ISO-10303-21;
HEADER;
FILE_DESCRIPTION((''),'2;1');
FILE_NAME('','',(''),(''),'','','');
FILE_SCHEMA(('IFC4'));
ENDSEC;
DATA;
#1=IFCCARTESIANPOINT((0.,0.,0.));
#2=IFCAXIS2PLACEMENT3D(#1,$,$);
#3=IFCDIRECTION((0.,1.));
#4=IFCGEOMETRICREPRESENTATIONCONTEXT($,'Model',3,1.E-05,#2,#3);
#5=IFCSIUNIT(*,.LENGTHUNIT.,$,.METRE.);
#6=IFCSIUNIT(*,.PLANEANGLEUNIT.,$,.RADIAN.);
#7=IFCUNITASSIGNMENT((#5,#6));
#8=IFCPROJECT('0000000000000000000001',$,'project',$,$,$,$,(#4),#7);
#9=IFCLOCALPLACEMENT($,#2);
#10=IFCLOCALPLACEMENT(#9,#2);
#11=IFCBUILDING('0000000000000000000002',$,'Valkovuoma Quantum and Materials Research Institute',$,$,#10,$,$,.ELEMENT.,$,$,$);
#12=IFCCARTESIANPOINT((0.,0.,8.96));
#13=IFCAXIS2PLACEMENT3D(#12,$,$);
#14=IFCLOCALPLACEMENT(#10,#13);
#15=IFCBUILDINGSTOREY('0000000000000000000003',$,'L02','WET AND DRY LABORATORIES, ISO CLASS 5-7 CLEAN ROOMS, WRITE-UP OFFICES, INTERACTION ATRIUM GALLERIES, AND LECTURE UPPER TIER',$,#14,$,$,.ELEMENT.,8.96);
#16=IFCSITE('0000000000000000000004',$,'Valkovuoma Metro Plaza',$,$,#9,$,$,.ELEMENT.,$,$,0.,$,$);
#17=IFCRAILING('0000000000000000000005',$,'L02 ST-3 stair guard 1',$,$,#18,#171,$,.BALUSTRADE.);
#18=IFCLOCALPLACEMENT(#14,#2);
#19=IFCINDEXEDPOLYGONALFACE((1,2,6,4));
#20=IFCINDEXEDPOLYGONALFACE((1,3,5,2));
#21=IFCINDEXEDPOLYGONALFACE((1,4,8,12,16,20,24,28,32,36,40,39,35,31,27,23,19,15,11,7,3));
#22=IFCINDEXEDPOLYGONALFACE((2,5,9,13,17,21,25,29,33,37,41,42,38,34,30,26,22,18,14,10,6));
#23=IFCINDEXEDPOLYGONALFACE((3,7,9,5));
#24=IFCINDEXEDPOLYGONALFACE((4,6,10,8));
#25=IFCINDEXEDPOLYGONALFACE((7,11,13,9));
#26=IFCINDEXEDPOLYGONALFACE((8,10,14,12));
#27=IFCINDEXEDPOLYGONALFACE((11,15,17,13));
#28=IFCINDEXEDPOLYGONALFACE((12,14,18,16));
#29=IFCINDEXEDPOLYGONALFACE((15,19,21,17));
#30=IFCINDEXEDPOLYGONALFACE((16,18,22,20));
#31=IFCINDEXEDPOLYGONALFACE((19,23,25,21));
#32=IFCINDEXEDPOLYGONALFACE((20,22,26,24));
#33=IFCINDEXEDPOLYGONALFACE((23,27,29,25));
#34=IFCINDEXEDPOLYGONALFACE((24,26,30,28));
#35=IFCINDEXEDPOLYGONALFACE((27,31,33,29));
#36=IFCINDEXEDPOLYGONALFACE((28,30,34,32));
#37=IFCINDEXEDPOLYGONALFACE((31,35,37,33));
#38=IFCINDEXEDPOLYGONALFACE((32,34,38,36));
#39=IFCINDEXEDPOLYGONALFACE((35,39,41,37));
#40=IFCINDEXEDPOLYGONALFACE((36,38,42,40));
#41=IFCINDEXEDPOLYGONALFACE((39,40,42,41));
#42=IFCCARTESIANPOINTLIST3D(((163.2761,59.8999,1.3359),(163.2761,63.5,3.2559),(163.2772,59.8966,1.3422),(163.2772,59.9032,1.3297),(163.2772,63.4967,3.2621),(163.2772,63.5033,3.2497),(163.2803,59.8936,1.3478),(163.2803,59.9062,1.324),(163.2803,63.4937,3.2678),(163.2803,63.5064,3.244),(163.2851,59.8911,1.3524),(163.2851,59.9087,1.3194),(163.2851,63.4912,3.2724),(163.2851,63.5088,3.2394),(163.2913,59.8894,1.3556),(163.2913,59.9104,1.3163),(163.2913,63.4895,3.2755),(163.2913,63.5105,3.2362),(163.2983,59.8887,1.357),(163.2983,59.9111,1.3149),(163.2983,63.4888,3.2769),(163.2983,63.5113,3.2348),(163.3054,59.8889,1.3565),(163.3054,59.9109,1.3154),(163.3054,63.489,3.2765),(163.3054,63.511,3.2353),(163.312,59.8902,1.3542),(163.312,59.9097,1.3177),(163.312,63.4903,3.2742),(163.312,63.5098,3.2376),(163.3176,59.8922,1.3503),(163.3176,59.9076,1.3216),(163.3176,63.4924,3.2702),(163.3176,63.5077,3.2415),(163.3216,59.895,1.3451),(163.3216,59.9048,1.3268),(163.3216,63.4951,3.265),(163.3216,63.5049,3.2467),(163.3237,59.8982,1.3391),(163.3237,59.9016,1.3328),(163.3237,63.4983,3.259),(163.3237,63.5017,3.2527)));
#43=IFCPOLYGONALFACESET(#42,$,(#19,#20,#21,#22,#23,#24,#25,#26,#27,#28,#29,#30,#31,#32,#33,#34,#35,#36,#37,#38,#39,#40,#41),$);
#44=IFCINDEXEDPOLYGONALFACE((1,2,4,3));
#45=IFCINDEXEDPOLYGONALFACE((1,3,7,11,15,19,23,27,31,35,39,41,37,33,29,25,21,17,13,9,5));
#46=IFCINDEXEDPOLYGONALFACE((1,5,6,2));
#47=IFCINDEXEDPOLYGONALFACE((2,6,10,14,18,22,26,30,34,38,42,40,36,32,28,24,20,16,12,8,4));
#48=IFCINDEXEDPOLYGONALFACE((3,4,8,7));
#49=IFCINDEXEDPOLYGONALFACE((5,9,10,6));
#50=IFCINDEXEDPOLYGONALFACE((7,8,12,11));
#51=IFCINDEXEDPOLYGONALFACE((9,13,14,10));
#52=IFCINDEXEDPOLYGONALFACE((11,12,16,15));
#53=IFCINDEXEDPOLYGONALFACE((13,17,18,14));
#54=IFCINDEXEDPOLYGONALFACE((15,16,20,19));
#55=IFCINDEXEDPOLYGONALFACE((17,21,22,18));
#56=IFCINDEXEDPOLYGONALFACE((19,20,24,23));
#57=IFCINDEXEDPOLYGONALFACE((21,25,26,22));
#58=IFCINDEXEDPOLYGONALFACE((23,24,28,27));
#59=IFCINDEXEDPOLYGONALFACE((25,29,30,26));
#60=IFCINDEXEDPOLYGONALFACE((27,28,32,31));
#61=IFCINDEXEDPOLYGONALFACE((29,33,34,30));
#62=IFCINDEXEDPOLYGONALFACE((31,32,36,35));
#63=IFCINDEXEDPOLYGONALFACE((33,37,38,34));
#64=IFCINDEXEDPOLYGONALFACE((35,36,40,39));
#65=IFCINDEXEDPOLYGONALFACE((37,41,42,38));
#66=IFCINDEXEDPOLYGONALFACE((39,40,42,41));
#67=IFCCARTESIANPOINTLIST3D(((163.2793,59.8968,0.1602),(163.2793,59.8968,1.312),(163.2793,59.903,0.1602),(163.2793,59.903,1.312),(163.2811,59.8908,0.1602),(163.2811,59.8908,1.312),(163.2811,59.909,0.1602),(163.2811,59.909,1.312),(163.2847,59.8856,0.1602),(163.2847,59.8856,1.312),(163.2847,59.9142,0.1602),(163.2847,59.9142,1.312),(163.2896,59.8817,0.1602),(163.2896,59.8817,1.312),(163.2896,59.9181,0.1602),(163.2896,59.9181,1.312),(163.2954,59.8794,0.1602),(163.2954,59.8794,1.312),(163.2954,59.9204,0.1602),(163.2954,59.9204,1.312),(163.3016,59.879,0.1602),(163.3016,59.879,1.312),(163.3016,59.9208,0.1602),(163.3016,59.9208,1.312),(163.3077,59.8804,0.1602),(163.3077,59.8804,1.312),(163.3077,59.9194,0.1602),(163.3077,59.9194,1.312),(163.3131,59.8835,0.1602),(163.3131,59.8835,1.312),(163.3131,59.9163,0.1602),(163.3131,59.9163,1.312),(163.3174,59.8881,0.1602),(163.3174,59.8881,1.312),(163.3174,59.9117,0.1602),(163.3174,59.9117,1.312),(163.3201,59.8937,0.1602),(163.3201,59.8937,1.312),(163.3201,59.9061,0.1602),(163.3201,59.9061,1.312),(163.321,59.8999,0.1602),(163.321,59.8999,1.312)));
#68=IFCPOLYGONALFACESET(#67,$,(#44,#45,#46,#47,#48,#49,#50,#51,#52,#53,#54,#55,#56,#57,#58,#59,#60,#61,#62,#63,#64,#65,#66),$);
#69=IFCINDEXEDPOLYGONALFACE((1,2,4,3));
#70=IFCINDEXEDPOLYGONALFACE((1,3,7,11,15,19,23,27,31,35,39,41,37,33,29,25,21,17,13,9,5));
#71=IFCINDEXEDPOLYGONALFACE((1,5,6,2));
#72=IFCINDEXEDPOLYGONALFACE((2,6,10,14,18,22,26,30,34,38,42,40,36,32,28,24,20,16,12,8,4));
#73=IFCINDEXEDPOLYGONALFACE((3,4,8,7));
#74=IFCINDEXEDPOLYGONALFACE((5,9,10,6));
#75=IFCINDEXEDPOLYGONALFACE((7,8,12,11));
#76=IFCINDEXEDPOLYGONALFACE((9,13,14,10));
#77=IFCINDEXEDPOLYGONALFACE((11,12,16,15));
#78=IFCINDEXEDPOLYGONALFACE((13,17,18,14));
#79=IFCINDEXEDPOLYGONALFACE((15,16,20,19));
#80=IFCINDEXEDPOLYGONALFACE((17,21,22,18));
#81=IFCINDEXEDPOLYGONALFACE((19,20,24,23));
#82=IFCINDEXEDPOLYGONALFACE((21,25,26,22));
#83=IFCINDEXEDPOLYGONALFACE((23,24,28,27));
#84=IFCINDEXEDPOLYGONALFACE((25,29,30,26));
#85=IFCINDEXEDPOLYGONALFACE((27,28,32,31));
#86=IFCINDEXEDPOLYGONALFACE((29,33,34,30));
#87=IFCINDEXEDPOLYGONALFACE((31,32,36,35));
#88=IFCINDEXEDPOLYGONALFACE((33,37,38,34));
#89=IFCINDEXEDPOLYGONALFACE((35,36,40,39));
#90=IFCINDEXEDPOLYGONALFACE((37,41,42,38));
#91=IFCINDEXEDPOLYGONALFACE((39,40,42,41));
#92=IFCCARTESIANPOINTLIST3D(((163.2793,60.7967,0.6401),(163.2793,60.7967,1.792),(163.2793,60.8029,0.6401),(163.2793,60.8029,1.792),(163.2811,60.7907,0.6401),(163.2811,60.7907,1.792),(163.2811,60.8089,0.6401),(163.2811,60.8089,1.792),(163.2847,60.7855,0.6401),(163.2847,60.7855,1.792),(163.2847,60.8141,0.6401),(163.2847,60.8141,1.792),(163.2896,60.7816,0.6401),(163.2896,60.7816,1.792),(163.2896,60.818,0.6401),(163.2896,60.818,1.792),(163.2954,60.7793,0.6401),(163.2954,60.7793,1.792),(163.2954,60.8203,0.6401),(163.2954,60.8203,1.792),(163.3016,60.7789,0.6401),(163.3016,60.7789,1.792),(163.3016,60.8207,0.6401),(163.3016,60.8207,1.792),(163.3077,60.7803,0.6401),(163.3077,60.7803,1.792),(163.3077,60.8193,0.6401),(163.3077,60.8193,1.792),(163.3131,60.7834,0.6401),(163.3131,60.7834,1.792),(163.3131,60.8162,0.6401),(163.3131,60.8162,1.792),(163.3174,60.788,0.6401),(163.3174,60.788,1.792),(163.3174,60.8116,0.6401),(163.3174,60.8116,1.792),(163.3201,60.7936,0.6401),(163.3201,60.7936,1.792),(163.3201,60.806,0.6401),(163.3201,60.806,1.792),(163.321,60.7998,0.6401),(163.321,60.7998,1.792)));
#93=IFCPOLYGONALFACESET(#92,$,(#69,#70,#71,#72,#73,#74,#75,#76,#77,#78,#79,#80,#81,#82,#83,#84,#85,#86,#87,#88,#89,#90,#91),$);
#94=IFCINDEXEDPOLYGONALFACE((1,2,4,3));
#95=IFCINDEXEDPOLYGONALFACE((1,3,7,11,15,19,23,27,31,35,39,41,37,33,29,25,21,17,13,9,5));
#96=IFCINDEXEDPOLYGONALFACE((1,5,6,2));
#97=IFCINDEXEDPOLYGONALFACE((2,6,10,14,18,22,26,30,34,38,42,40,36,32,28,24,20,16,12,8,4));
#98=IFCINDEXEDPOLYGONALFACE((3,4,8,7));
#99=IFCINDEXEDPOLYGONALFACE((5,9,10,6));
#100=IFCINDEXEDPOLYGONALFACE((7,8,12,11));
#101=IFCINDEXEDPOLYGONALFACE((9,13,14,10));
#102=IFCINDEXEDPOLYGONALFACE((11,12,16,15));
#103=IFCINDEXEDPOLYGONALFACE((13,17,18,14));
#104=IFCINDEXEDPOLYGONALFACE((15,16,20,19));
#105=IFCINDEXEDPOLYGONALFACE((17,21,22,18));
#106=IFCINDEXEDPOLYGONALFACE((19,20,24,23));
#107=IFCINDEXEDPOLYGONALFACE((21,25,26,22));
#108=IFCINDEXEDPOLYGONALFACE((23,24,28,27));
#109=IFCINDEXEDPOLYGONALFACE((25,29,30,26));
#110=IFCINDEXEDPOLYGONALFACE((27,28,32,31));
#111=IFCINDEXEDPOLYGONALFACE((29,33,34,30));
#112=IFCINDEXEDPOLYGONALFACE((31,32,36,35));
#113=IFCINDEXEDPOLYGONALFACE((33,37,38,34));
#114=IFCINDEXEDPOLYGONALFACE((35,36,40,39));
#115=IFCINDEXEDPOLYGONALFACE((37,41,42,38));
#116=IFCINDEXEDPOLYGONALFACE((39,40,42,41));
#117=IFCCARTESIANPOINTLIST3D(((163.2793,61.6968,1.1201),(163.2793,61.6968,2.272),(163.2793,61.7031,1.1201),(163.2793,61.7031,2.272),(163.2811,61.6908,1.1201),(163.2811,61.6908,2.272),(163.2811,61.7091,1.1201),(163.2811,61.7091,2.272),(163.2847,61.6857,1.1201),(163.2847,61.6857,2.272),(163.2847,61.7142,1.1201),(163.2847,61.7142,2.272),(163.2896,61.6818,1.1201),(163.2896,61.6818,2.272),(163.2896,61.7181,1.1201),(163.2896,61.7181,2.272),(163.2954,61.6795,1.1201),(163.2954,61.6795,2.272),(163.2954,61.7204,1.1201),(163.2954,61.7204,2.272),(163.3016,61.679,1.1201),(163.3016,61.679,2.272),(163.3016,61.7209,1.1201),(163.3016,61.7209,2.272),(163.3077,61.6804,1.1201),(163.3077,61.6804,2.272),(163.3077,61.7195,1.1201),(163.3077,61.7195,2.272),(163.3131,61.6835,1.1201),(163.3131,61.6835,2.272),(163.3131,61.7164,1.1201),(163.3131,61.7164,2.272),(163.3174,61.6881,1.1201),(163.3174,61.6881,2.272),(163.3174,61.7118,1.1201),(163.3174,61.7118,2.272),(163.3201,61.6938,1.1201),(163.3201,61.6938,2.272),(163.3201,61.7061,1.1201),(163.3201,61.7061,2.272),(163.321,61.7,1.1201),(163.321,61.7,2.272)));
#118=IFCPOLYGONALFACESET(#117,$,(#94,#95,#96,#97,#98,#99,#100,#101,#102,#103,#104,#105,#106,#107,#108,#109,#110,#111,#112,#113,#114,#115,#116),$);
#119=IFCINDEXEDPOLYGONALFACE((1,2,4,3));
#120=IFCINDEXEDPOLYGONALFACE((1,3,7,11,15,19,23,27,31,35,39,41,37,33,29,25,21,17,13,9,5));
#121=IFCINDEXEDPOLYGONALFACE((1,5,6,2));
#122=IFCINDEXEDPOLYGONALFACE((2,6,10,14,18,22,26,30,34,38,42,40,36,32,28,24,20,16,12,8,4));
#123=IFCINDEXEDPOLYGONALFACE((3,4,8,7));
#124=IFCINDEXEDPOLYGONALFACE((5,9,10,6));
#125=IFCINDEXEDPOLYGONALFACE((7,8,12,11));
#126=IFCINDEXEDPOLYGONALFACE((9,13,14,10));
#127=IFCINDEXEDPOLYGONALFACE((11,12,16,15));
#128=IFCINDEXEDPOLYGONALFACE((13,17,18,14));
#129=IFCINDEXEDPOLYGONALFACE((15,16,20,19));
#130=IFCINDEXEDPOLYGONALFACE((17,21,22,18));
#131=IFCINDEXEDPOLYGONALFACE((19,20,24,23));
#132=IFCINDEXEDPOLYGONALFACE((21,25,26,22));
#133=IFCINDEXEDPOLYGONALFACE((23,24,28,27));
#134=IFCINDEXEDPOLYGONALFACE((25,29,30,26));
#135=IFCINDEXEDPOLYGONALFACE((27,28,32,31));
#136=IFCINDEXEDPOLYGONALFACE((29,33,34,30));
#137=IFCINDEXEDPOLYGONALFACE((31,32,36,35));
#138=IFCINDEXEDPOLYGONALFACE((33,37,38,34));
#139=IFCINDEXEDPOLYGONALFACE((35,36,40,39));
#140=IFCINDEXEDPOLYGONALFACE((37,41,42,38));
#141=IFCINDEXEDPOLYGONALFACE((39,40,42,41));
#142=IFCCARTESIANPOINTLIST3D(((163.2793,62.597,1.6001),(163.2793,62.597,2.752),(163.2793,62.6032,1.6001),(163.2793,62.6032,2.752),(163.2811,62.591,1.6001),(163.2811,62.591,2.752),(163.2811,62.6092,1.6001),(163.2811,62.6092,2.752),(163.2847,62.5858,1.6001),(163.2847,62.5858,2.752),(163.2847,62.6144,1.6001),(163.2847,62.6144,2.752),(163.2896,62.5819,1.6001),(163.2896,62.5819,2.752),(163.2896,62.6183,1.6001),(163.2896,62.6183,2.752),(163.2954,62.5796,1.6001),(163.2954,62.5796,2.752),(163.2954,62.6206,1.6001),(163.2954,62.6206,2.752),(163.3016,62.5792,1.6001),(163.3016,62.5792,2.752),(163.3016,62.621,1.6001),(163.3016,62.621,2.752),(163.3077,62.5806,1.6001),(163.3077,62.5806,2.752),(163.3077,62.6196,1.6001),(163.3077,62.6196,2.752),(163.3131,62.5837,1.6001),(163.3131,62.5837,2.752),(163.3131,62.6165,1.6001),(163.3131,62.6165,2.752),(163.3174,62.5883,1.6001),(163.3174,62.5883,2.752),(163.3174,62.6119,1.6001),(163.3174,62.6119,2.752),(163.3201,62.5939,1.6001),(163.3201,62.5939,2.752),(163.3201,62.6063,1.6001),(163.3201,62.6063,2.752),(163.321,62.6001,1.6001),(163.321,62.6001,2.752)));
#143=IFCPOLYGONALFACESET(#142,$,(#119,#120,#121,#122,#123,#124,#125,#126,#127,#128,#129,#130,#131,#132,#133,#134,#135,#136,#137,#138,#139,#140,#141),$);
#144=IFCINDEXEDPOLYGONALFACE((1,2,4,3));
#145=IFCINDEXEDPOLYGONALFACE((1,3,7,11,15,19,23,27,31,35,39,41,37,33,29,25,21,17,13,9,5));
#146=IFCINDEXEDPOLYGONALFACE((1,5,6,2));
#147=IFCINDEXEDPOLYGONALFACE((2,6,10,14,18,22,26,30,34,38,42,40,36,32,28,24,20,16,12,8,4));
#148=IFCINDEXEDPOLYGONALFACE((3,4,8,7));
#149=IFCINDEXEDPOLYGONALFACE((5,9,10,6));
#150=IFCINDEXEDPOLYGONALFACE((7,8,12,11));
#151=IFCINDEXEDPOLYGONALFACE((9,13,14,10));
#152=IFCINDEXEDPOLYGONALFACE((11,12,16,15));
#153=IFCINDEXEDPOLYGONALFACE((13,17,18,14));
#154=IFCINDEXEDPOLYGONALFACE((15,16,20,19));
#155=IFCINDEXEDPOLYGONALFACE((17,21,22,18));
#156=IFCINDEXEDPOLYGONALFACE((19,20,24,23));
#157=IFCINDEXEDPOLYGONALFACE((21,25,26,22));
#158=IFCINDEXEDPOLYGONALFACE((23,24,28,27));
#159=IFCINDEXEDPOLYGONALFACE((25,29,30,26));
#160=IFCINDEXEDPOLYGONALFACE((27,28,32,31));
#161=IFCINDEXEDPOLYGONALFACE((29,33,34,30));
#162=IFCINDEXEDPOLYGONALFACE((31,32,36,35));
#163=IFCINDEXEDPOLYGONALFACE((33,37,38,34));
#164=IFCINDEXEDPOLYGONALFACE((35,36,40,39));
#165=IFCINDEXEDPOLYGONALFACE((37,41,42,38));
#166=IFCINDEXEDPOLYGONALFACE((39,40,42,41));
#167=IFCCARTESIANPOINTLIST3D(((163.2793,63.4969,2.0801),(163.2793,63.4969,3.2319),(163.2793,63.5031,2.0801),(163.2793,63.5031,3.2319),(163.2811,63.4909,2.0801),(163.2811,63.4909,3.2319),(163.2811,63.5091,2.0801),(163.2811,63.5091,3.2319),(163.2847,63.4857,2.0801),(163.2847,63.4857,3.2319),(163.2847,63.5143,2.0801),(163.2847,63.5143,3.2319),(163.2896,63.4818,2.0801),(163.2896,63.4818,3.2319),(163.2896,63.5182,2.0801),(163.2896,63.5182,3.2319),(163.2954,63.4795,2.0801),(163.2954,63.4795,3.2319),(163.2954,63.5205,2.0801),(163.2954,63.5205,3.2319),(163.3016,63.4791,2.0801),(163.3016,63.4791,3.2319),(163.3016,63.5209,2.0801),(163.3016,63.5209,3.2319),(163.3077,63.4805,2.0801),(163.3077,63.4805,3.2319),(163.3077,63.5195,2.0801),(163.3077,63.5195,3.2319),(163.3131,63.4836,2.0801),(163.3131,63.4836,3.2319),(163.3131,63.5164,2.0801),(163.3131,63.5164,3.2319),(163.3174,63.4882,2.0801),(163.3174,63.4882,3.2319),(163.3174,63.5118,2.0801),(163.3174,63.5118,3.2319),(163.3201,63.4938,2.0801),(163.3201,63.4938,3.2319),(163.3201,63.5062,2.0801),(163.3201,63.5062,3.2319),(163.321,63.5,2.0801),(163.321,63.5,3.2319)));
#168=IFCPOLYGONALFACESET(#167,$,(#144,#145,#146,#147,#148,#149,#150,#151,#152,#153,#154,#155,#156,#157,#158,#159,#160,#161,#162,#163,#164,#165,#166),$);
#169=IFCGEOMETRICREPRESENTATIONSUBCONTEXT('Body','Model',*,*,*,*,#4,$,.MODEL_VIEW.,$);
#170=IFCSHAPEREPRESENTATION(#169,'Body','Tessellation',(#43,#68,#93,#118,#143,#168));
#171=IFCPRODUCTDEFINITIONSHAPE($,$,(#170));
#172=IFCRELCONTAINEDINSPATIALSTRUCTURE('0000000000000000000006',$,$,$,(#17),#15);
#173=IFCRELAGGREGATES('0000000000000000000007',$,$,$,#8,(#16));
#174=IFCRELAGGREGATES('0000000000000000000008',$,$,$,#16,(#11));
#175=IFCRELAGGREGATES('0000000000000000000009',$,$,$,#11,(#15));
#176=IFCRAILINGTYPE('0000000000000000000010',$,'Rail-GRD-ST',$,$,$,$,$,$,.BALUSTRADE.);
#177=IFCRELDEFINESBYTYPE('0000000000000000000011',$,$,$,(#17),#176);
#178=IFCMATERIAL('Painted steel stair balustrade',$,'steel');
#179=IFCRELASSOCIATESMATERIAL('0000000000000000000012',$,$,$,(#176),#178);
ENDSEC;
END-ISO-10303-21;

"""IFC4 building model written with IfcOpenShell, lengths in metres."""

from ifc_helpers import new_model, si_unit, direction, frame, origin, origin_2d, place, context, subcontext, project, spatial, circle, extrude, material, type_object, element, save


model = new_model("IFC4")

# Units and contexts
model_context = context("Model", 3, precision=1e-05, world=origin(), true_north=direction((0.0, 1.0)))
body_context = subcontext(model_context, "Body", "Model", "MODEL_VIEW")
ifc_project = project(units=[si_unit("LENGTHUNIT", "METRE"), si_unit("PLANEANGLEUNIT", "RADIAN")], contexts=[model_context])

# Site, building, storey
site_placement = place(None, origin())
site = spatial("IfcSite", under=ifc_project, at=site_placement, Name="Valkovuoma Metro Plaza", CompositionType="ELEMENT", RefElevation=0.0)
building_placement = place(site_placement, origin())
building = spatial("IfcBuilding", under=site, at=building_placement, Name="Valkovuoma Quantum and Materials Research Institute", CompositionType="ELEMENT")
storey_placement = place(building_placement, frame((0.0, 0.0, 8.96)))
storey = spatial("IfcBuildingStorey", under=building, at=storey_placement, Name="L02", Description="WET AND DRY LABORATORIES, ISO CLASS 5-7 CLEAN ROOMS, WRITE-UP OFFICES, INTERACTION ATRIUM GALLERIES, AND LECTURE UPPER TIER", CompositionType="ELEMENT", Elevation=8.96)

# Railing
ifc_material_1 = material(Name="Painted steel stair balustrade", Category="steel")
railing_type_1 = type_object("IfcRailingType", Name="Rail-GRD-ST", PredefinedType="BALUSTRADE", material=ifc_material_1)
railing_1_placement = place(storey_placement, frame((163.3, 59.8999, 0.1602)))
element("IfcRailing", 1, at=railing_1_placement, inside=storey, type_object=railing_type_1, Name="L02 ST-3 stair guard 1", PredefinedType="BALUSTRADE", context=body_context, shape_type="SweptSolid", body=[
    extrude(circle(Radius=0.0239, at=origin_2d()), frame((0.0, 0.0, 1.1758), z_axis=(0.0, 0.882366, 0.470563), x_axis=(-1.0, 0.0, 0.0)), (0.0, 0.0, 1.0), 4.0801),
    extrude(circle(Radius=0.021, at=origin_2d()), origin(), (0.0, 0.0, 1.0), 1.1519),
    extrude(circle(Radius=0.021, at=origin_2d()), frame((0.0, 0.8999, 0.48)), (0.0, 0.0, 1.0), 1.1519),
    extrude(circle(Radius=0.021, at=origin_2d()), frame((0.0, 1.8, 0.96)), (0.0, 0.0, 1.0), 1.1519),
    extrude(circle(Radius=0.021, at=origin_2d()), frame((0.0, 2.7002, 1.4399)), (0.0, 0.0, 1.0), 1.1519),
    extrude(circle(Radius=0.021, at=origin_2d()), frame((0.0, 3.6001, 1.9199)), (0.0, 0.0, 1.0), 1.1519),
])

save(model, "model.ifc")
